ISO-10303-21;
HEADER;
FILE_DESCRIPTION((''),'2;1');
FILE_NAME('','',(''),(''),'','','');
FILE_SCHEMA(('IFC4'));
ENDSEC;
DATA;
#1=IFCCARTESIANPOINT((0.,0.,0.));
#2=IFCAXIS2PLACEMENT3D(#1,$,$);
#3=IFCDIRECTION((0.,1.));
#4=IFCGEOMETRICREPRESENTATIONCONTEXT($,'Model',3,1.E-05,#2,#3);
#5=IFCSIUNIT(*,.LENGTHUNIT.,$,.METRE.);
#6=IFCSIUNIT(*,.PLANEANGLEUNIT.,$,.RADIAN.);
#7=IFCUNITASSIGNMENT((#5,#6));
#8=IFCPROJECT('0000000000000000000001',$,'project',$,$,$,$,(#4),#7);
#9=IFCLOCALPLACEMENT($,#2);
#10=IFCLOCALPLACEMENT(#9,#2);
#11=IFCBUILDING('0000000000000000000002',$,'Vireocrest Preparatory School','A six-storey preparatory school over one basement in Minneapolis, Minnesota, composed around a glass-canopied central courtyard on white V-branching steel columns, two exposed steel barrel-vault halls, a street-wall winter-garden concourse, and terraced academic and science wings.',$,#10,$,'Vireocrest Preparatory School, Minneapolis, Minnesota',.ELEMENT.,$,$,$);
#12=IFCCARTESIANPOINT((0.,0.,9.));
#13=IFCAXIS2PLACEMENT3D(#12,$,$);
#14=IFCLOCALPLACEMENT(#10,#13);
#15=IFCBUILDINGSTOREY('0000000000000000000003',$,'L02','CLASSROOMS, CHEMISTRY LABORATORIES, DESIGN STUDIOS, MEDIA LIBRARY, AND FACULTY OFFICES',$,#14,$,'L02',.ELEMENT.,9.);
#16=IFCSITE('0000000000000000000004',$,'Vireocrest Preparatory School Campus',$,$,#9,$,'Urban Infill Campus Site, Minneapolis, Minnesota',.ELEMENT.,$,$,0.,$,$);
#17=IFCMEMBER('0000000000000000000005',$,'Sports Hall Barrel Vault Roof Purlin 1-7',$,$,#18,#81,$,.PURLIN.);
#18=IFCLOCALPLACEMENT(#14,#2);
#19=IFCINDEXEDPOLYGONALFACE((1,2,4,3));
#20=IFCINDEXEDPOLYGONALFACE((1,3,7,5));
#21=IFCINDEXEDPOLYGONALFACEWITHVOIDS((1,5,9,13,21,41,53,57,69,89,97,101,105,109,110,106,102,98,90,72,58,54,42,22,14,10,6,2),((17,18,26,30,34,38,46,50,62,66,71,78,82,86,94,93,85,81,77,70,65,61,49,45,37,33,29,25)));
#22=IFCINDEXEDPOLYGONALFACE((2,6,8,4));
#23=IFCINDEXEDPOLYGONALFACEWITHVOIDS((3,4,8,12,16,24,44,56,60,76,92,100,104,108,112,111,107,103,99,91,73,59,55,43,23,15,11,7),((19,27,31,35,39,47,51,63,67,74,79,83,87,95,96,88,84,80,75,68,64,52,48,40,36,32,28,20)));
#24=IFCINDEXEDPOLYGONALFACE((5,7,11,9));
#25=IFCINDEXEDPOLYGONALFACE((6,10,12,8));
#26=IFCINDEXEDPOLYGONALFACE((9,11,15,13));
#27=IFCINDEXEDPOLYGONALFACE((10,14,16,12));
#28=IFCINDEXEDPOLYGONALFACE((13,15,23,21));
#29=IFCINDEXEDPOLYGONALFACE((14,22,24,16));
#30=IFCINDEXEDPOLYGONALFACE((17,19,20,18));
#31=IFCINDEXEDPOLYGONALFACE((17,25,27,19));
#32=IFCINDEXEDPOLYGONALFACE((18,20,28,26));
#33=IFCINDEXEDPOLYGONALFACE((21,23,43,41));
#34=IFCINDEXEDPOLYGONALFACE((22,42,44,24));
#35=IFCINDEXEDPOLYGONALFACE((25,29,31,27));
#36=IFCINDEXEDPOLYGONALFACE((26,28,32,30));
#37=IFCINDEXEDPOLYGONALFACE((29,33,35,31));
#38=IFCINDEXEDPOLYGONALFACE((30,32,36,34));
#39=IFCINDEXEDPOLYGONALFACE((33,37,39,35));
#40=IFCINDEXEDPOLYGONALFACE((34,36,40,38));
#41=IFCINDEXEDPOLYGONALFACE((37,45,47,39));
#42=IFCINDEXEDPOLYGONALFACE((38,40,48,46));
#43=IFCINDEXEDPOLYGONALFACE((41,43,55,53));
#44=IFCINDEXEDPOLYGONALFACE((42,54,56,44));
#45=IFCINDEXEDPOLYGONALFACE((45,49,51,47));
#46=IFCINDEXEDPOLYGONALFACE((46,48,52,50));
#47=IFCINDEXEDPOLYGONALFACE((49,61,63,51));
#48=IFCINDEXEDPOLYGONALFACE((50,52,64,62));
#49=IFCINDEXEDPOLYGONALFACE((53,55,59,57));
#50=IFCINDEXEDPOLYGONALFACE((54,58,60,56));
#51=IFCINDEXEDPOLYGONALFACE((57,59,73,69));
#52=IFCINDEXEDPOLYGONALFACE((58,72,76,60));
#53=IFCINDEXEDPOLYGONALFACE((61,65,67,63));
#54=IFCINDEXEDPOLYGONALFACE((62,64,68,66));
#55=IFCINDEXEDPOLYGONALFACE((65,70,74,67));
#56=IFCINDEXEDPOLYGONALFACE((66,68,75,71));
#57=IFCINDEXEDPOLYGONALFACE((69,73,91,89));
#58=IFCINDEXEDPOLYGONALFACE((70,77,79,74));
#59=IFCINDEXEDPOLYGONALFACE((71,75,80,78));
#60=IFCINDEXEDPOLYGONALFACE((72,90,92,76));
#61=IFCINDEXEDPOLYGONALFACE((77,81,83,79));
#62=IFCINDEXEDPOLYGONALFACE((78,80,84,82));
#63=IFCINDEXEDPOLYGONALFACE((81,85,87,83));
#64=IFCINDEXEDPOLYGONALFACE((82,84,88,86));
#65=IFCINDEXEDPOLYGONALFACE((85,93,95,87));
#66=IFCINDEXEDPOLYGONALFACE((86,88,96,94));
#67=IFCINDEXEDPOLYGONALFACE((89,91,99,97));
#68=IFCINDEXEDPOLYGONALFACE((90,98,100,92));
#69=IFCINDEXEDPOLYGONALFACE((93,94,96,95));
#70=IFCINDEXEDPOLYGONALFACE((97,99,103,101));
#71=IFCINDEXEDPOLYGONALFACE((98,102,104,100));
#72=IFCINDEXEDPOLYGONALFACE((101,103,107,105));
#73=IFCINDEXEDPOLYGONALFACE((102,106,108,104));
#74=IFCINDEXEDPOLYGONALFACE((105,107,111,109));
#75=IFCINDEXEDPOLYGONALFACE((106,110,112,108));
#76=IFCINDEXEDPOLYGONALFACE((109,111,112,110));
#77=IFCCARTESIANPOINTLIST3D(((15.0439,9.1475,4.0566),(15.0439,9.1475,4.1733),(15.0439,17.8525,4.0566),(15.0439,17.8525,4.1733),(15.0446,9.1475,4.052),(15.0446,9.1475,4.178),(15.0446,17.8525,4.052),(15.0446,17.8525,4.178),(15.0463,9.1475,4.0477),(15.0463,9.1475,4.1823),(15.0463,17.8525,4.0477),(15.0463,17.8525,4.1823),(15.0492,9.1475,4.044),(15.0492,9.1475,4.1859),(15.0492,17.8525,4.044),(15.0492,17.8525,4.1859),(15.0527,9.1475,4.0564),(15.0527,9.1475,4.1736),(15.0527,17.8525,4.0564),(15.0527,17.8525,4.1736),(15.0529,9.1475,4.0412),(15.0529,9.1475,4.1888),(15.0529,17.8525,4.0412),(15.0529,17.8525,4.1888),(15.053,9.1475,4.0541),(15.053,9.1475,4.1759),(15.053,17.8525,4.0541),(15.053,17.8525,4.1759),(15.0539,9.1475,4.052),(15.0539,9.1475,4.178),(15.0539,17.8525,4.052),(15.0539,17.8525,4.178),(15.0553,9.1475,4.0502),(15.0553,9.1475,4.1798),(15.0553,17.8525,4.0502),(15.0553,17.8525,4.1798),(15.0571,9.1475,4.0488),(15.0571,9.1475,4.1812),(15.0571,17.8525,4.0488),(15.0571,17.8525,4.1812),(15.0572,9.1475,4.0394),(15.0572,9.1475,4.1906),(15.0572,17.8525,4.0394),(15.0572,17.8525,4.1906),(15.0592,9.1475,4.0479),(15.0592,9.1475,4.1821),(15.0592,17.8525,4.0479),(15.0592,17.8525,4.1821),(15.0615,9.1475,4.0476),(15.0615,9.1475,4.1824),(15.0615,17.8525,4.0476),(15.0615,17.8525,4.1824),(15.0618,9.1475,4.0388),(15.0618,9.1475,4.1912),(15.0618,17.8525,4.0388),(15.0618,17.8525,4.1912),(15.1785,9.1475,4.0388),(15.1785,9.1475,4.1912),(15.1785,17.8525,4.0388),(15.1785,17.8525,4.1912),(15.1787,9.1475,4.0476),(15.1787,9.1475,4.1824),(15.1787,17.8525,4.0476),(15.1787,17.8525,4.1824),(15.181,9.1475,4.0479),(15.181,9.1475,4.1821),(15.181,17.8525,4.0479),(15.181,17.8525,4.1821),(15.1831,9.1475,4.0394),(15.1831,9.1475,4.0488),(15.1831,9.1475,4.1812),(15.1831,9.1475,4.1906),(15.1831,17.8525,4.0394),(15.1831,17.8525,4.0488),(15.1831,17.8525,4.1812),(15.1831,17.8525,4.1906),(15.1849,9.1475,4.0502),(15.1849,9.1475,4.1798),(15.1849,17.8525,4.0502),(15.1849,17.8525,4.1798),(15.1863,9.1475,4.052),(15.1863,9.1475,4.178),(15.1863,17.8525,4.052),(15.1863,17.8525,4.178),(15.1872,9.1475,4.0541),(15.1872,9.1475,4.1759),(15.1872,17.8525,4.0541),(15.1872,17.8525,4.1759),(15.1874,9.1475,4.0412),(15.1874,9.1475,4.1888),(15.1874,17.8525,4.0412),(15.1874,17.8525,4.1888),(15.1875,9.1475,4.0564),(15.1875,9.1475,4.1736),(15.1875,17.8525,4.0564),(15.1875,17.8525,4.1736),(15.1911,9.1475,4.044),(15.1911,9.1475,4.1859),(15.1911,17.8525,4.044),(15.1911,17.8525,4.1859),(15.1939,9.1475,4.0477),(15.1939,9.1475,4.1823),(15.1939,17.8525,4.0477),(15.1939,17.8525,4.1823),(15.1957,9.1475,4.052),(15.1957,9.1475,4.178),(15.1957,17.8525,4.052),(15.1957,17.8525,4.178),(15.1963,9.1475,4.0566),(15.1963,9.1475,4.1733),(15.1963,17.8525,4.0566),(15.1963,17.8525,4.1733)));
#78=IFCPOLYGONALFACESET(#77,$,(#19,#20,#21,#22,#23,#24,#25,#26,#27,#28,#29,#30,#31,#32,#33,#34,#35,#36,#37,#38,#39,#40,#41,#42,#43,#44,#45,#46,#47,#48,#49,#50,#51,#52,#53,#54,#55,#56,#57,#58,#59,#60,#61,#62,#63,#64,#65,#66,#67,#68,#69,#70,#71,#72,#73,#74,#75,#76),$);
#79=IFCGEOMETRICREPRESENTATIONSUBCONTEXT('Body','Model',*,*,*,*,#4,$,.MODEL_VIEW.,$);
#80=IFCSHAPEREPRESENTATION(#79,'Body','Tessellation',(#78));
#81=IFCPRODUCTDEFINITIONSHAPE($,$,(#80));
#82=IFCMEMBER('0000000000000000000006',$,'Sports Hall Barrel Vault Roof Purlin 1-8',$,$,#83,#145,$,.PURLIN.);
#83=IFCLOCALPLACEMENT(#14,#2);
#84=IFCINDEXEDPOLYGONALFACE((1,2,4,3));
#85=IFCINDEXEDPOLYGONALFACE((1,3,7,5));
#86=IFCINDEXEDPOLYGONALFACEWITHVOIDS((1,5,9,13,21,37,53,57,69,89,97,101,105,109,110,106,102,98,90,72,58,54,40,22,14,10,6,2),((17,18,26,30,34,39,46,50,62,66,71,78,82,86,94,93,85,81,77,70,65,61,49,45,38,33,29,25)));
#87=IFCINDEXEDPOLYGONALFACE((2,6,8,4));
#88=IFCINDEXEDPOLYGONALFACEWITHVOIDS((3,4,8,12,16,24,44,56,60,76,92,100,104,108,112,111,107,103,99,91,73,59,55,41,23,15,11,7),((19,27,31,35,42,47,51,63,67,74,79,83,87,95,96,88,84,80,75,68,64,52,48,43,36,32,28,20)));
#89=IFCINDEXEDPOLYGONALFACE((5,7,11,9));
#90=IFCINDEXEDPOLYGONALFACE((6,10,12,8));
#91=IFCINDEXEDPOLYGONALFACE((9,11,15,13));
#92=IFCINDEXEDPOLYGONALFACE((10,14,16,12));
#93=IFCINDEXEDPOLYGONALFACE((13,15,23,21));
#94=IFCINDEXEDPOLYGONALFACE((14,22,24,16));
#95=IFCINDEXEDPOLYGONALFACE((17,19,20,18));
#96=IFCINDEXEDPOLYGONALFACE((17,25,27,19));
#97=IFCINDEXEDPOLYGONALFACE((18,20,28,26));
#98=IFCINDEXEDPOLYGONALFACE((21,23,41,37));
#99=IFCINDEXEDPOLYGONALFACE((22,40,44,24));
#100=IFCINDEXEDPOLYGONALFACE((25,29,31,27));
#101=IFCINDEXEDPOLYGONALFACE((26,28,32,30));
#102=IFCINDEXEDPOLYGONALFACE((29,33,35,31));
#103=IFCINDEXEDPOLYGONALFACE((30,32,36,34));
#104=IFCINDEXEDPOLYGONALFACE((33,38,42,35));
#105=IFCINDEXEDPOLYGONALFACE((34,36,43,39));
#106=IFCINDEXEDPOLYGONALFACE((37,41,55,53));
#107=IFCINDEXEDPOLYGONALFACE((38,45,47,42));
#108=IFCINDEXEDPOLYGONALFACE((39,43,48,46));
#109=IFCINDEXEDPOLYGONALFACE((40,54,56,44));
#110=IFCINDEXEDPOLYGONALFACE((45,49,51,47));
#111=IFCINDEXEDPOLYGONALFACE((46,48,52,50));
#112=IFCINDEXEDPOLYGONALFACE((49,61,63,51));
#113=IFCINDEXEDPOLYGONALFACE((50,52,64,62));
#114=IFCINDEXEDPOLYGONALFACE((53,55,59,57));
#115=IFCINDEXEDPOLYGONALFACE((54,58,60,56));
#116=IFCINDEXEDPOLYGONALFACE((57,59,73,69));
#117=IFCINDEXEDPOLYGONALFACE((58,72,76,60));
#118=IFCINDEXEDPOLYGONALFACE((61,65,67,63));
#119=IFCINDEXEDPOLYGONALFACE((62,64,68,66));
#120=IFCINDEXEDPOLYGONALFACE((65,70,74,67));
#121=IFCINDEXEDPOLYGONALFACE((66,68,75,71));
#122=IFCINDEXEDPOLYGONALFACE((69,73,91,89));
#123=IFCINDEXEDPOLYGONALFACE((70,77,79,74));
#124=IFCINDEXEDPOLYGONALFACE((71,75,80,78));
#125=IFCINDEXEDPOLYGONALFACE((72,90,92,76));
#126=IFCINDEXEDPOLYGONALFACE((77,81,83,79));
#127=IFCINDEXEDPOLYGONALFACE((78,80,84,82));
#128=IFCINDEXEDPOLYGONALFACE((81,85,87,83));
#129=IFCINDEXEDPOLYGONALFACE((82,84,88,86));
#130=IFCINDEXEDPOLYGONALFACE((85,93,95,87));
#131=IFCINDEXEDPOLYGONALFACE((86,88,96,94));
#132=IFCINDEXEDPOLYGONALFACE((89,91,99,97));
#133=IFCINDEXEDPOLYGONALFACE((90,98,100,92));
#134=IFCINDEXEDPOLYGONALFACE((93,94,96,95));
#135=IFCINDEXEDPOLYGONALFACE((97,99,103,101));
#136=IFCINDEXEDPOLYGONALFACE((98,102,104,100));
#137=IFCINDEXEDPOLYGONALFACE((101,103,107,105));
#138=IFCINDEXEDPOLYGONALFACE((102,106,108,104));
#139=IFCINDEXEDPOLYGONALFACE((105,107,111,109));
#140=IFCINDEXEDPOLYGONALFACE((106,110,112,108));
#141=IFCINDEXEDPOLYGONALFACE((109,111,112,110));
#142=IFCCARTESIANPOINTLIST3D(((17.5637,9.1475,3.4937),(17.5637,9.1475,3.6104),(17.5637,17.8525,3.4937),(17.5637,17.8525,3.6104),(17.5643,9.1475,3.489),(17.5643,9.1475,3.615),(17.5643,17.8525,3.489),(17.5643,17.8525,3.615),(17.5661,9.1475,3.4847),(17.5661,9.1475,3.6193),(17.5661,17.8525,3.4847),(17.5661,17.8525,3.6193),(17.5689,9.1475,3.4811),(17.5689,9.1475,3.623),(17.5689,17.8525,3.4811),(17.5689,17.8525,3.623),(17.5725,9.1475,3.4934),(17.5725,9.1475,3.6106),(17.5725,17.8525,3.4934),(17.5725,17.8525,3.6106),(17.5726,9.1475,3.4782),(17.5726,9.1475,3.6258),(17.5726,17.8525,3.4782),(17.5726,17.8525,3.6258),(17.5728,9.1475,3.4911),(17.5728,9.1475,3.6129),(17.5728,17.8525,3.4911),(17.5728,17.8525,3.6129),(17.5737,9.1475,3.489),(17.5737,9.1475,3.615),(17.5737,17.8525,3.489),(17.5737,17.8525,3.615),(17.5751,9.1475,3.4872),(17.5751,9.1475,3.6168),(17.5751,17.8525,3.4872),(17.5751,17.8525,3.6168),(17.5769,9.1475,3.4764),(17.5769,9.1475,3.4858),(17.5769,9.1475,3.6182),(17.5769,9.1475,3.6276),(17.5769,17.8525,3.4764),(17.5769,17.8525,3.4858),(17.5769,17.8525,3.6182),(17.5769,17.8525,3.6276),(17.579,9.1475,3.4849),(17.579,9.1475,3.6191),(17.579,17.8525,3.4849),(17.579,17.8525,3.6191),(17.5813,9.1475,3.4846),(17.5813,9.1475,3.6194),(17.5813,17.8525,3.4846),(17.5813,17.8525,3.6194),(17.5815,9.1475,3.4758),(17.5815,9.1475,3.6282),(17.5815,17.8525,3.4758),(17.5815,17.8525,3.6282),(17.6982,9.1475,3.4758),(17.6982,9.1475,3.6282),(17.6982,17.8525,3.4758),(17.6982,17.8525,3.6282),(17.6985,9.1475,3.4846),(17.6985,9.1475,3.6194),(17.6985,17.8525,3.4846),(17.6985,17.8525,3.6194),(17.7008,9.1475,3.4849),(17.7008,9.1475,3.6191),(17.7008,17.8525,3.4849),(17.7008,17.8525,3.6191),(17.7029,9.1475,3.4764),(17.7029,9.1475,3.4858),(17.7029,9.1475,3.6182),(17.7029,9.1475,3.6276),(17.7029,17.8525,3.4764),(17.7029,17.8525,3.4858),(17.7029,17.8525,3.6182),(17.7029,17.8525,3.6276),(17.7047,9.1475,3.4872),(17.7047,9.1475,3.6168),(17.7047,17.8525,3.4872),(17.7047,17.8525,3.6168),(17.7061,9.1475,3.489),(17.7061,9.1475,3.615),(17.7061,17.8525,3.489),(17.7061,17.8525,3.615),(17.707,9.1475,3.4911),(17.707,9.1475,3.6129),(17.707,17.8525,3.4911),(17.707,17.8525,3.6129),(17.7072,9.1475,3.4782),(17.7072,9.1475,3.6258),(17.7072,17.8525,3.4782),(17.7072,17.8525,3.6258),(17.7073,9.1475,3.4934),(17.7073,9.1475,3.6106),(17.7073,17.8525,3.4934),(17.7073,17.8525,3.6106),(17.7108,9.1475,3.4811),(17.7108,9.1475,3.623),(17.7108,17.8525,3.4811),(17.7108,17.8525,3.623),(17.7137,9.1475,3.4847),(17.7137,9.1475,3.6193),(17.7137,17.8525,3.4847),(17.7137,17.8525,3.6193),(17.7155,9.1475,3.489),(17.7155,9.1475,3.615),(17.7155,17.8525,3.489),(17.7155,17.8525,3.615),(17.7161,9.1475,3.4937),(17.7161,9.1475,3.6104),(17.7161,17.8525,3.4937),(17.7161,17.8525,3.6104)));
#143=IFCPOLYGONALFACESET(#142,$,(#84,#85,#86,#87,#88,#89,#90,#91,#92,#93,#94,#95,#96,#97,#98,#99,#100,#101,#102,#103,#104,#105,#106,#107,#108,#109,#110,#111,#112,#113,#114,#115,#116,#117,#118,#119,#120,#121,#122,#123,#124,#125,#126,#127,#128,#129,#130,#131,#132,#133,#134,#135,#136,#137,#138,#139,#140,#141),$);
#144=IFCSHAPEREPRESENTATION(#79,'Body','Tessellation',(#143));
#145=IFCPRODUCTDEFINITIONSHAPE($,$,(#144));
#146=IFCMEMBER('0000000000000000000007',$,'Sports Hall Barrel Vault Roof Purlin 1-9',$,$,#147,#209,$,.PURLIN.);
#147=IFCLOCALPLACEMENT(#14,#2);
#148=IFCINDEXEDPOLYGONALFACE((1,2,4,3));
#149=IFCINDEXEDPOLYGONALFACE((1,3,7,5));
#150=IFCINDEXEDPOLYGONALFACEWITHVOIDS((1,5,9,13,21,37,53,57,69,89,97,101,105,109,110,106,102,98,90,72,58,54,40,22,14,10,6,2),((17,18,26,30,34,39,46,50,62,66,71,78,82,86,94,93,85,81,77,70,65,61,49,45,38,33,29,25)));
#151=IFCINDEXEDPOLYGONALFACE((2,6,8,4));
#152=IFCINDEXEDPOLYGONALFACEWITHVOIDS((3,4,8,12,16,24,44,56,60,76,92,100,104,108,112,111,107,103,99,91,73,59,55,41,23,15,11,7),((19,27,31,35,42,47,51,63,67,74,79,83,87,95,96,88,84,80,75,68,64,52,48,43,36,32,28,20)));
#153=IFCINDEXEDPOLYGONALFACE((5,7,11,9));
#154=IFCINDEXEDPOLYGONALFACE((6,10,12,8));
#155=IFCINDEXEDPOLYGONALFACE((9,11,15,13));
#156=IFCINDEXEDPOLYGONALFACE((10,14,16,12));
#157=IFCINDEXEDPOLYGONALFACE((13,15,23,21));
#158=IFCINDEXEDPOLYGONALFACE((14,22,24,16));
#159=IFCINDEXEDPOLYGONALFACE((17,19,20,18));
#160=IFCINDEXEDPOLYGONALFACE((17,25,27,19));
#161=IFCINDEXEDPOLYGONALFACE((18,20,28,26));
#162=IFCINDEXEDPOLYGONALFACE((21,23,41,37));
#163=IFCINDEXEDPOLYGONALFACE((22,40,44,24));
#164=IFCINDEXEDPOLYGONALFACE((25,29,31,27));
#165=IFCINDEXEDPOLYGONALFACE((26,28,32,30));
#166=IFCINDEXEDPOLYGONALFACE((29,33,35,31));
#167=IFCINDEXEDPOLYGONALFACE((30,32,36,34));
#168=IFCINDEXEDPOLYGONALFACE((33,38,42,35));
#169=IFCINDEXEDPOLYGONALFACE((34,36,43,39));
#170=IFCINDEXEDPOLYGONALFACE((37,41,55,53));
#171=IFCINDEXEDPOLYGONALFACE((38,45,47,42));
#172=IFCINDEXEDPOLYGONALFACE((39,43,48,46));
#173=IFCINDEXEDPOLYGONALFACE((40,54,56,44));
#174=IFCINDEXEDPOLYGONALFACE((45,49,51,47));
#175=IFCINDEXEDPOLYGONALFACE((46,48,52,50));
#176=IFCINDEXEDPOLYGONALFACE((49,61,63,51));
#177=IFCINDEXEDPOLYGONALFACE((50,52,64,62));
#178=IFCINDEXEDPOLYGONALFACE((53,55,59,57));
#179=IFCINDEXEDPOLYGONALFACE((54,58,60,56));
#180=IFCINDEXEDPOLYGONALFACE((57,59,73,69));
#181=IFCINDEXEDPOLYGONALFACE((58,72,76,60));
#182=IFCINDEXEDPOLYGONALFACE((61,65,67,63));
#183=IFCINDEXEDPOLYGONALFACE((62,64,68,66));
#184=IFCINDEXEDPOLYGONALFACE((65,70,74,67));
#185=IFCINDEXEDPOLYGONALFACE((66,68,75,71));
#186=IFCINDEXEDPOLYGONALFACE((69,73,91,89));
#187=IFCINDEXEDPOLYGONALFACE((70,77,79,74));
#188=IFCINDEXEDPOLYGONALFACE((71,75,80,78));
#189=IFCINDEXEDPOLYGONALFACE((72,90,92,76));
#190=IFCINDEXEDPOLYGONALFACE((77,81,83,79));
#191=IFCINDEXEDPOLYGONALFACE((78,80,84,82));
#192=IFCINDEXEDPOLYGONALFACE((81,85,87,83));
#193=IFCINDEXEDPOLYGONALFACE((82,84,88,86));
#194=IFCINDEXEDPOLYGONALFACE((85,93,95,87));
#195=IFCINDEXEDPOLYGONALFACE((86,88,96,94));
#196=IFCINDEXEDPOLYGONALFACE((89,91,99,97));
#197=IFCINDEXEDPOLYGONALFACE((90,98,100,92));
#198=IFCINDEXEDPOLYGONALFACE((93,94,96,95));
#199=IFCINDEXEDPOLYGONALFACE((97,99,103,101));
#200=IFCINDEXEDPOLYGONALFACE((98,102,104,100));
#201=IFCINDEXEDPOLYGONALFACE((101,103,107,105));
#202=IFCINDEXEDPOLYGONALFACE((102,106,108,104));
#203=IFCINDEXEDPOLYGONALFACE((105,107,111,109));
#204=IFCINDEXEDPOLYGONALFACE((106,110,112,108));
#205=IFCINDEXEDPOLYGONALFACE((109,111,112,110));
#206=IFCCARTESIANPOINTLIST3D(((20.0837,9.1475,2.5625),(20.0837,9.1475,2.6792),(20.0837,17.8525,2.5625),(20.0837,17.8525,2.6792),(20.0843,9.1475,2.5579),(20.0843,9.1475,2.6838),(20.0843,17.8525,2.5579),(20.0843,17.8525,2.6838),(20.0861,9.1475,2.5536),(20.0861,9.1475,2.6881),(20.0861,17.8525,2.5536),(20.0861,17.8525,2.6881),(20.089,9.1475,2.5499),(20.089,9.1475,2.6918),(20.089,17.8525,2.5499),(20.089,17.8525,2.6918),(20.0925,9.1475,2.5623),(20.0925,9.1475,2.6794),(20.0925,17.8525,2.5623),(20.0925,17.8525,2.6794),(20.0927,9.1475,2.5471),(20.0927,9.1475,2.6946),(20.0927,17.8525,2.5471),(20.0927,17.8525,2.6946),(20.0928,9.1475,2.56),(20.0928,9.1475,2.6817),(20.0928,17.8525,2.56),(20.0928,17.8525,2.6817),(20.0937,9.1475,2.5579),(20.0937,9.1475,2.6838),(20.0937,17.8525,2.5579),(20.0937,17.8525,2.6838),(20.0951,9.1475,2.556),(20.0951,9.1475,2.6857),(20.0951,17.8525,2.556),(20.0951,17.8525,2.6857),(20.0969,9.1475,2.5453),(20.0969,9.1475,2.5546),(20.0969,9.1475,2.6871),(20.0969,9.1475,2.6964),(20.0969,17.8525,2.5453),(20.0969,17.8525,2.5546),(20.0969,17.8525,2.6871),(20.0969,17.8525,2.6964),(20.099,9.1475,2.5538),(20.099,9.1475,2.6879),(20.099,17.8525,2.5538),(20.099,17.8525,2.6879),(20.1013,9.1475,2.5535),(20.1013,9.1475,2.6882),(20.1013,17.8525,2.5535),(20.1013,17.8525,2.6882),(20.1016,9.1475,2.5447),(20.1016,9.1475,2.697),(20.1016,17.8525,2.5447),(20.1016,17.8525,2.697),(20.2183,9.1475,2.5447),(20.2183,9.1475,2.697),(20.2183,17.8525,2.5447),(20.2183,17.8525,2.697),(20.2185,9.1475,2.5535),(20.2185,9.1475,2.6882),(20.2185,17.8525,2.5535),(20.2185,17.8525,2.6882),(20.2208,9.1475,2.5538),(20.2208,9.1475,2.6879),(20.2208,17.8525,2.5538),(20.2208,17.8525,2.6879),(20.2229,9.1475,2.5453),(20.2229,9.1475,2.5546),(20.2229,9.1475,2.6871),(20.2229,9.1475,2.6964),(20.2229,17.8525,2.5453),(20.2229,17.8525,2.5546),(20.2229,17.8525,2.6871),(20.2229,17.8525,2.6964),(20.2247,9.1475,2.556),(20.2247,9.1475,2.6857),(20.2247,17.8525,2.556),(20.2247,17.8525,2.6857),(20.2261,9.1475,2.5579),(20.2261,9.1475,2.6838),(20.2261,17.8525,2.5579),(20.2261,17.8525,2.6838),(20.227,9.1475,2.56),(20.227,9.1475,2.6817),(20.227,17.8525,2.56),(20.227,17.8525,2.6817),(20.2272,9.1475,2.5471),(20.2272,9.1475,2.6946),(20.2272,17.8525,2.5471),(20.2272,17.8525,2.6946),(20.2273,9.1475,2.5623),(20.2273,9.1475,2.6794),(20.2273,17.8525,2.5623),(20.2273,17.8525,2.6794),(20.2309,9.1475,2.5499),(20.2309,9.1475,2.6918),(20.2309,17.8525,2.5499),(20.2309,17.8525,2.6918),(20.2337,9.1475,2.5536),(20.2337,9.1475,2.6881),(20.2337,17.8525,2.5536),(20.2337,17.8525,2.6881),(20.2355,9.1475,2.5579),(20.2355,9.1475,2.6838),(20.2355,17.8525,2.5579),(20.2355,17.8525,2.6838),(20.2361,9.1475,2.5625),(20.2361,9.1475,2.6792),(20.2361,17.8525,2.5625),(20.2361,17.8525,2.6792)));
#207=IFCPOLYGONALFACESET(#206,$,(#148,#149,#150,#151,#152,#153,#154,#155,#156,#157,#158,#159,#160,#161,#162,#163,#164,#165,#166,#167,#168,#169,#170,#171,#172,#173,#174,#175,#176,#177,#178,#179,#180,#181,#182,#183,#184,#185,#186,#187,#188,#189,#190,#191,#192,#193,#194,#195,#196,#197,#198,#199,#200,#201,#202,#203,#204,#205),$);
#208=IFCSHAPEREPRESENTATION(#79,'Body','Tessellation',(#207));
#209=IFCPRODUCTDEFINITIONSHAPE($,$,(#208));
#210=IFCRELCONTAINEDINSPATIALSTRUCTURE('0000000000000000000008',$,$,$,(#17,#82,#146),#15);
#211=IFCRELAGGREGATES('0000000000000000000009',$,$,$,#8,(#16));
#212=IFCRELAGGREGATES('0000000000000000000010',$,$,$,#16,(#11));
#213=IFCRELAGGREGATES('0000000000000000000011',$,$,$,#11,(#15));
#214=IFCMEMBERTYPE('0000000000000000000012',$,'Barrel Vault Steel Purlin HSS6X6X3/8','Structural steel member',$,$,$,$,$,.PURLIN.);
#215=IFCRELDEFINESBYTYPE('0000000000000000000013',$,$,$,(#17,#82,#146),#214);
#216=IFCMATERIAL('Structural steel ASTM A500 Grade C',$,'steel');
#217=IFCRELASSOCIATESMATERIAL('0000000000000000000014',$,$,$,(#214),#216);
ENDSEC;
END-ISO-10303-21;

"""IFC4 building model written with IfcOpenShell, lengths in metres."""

from ifc_helpers import new_model, si_unit, direction, frame, origin, origin_2d, place, context, subcontext, project, spatial, hollow_rectangle, extrude, material, material_profile, profile_set, type_object, element, save


model = new_model("IFC4")

# Units and contexts
model_context = context("Model", 3, precision=1e-05, world=origin(), true_north=direction((0.0, 1.0)))
body_context = subcontext(model_context, "Body", "Model", "MODEL_VIEW")
ifc_project = project(units=[si_unit("LENGTHUNIT", "METRE"), si_unit("PLANEANGLEUNIT", "RADIAN")], contexts=[model_context])

# Site, building, storey
site_placement = place(None, origin())
site = spatial("IfcSite", under=ifc_project, at=site_placement, Name="Vireocrest Preparatory School Campus", LongName="Urban Infill Campus Site, Minneapolis, Minnesota", CompositionType="ELEMENT", RefElevation=0.0)
building_placement = place(site_placement, origin())
building = spatial("IfcBuilding", under=site, at=building_placement, Name="Vireocrest Preparatory School", Description="A six-storey preparatory school over one basement in Minneapolis, Minnesota, composed around a glass-canopied central courtyard on white V-branching steel columns, two exposed steel barrel-vault halls, a street-wall winter-garden concourse, and terraced academic and science wings.", LongName="Vireocrest Preparatory School, Minneapolis, Minnesota", CompositionType="ELEMENT")
storey_placement = place(building_placement, frame((0.0, 0.0, 9.0)))
storey = spatial("IfcBuildingStorey", under=building, at=storey_placement, Name="L02", Description="CLASSROOMS, CHEMISTRY LABORATORIES, DESIGN STUDIOS, MEDIA LIBRARY, AND FACULTY OFFICES", LongName="L02", CompositionType="ELEMENT", Elevation=9.0)

# Members
ifc_material_1 = material(Name="Structural steel ASTM A500 Grade C", Category="steel")
ifc_material_profile_1 = material_profile(ifc_material_1, hollow_rectangle(XDim=0.1523, YDim=0.1523, WallThickness=0.0088, InnerFilletRadius=0.0088, OuterFilletRadius=0.0178, at=origin_2d()), Name="HSS6X6X3/8")
ifc_profile_set_1 = profile_set([ifc_material_profile_1], Name="Structural steel ASTM A500 Grade C")
member_type_1 = type_object("IfcMemberType", Name="Barrel Vault Steel Purlin HSS6X6X3/8", Description="Structural steel member", PredefinedType="PURLIN", material=ifc_profile_set_1)
for number, where, z_axis, x_axis, name in (
    (1, (15.1201, 9.1475, 4.115), (0.0, 1.0, 0.0), (-1.0, 0.0, 0.0), "Sports Hall Barrel Vault Roof Purlin 1-7"),
    (2, (17.6399, 9.1475, 3.552), (0.0, 1.0, 0.0), (-1.0, 0.0, 0.0), "Sports Hall Barrel Vault Roof Purlin 1-8"),
    (3, (20.1599, 9.1475, 2.6208), (0.0, 1.0, 0.0), (-1.0, 0.0, 0.0), "Sports Hall Barrel Vault Roof Purlin 1-9"),
):
    element("IfcMember", number, at=place(storey_placement, frame(where, z_axis=z_axis, x_axis=x_axis)), inside=storey, type_object=member_type_1, Name=name, PredefinedType="PURLIN", context=body_context, shape_type="SweptSolid", body=[
        extrude(hollow_rectangle(XDim=0.1523, YDim=0.1523, WallThickness=0.0088, InnerFilletRadius=0.0088, OuterFilletRadius=0.0178, at=origin_2d()), origin(), (0.0, 0.0, 1.0), 8.7051),
    ])

save(model, "model.ifc")
